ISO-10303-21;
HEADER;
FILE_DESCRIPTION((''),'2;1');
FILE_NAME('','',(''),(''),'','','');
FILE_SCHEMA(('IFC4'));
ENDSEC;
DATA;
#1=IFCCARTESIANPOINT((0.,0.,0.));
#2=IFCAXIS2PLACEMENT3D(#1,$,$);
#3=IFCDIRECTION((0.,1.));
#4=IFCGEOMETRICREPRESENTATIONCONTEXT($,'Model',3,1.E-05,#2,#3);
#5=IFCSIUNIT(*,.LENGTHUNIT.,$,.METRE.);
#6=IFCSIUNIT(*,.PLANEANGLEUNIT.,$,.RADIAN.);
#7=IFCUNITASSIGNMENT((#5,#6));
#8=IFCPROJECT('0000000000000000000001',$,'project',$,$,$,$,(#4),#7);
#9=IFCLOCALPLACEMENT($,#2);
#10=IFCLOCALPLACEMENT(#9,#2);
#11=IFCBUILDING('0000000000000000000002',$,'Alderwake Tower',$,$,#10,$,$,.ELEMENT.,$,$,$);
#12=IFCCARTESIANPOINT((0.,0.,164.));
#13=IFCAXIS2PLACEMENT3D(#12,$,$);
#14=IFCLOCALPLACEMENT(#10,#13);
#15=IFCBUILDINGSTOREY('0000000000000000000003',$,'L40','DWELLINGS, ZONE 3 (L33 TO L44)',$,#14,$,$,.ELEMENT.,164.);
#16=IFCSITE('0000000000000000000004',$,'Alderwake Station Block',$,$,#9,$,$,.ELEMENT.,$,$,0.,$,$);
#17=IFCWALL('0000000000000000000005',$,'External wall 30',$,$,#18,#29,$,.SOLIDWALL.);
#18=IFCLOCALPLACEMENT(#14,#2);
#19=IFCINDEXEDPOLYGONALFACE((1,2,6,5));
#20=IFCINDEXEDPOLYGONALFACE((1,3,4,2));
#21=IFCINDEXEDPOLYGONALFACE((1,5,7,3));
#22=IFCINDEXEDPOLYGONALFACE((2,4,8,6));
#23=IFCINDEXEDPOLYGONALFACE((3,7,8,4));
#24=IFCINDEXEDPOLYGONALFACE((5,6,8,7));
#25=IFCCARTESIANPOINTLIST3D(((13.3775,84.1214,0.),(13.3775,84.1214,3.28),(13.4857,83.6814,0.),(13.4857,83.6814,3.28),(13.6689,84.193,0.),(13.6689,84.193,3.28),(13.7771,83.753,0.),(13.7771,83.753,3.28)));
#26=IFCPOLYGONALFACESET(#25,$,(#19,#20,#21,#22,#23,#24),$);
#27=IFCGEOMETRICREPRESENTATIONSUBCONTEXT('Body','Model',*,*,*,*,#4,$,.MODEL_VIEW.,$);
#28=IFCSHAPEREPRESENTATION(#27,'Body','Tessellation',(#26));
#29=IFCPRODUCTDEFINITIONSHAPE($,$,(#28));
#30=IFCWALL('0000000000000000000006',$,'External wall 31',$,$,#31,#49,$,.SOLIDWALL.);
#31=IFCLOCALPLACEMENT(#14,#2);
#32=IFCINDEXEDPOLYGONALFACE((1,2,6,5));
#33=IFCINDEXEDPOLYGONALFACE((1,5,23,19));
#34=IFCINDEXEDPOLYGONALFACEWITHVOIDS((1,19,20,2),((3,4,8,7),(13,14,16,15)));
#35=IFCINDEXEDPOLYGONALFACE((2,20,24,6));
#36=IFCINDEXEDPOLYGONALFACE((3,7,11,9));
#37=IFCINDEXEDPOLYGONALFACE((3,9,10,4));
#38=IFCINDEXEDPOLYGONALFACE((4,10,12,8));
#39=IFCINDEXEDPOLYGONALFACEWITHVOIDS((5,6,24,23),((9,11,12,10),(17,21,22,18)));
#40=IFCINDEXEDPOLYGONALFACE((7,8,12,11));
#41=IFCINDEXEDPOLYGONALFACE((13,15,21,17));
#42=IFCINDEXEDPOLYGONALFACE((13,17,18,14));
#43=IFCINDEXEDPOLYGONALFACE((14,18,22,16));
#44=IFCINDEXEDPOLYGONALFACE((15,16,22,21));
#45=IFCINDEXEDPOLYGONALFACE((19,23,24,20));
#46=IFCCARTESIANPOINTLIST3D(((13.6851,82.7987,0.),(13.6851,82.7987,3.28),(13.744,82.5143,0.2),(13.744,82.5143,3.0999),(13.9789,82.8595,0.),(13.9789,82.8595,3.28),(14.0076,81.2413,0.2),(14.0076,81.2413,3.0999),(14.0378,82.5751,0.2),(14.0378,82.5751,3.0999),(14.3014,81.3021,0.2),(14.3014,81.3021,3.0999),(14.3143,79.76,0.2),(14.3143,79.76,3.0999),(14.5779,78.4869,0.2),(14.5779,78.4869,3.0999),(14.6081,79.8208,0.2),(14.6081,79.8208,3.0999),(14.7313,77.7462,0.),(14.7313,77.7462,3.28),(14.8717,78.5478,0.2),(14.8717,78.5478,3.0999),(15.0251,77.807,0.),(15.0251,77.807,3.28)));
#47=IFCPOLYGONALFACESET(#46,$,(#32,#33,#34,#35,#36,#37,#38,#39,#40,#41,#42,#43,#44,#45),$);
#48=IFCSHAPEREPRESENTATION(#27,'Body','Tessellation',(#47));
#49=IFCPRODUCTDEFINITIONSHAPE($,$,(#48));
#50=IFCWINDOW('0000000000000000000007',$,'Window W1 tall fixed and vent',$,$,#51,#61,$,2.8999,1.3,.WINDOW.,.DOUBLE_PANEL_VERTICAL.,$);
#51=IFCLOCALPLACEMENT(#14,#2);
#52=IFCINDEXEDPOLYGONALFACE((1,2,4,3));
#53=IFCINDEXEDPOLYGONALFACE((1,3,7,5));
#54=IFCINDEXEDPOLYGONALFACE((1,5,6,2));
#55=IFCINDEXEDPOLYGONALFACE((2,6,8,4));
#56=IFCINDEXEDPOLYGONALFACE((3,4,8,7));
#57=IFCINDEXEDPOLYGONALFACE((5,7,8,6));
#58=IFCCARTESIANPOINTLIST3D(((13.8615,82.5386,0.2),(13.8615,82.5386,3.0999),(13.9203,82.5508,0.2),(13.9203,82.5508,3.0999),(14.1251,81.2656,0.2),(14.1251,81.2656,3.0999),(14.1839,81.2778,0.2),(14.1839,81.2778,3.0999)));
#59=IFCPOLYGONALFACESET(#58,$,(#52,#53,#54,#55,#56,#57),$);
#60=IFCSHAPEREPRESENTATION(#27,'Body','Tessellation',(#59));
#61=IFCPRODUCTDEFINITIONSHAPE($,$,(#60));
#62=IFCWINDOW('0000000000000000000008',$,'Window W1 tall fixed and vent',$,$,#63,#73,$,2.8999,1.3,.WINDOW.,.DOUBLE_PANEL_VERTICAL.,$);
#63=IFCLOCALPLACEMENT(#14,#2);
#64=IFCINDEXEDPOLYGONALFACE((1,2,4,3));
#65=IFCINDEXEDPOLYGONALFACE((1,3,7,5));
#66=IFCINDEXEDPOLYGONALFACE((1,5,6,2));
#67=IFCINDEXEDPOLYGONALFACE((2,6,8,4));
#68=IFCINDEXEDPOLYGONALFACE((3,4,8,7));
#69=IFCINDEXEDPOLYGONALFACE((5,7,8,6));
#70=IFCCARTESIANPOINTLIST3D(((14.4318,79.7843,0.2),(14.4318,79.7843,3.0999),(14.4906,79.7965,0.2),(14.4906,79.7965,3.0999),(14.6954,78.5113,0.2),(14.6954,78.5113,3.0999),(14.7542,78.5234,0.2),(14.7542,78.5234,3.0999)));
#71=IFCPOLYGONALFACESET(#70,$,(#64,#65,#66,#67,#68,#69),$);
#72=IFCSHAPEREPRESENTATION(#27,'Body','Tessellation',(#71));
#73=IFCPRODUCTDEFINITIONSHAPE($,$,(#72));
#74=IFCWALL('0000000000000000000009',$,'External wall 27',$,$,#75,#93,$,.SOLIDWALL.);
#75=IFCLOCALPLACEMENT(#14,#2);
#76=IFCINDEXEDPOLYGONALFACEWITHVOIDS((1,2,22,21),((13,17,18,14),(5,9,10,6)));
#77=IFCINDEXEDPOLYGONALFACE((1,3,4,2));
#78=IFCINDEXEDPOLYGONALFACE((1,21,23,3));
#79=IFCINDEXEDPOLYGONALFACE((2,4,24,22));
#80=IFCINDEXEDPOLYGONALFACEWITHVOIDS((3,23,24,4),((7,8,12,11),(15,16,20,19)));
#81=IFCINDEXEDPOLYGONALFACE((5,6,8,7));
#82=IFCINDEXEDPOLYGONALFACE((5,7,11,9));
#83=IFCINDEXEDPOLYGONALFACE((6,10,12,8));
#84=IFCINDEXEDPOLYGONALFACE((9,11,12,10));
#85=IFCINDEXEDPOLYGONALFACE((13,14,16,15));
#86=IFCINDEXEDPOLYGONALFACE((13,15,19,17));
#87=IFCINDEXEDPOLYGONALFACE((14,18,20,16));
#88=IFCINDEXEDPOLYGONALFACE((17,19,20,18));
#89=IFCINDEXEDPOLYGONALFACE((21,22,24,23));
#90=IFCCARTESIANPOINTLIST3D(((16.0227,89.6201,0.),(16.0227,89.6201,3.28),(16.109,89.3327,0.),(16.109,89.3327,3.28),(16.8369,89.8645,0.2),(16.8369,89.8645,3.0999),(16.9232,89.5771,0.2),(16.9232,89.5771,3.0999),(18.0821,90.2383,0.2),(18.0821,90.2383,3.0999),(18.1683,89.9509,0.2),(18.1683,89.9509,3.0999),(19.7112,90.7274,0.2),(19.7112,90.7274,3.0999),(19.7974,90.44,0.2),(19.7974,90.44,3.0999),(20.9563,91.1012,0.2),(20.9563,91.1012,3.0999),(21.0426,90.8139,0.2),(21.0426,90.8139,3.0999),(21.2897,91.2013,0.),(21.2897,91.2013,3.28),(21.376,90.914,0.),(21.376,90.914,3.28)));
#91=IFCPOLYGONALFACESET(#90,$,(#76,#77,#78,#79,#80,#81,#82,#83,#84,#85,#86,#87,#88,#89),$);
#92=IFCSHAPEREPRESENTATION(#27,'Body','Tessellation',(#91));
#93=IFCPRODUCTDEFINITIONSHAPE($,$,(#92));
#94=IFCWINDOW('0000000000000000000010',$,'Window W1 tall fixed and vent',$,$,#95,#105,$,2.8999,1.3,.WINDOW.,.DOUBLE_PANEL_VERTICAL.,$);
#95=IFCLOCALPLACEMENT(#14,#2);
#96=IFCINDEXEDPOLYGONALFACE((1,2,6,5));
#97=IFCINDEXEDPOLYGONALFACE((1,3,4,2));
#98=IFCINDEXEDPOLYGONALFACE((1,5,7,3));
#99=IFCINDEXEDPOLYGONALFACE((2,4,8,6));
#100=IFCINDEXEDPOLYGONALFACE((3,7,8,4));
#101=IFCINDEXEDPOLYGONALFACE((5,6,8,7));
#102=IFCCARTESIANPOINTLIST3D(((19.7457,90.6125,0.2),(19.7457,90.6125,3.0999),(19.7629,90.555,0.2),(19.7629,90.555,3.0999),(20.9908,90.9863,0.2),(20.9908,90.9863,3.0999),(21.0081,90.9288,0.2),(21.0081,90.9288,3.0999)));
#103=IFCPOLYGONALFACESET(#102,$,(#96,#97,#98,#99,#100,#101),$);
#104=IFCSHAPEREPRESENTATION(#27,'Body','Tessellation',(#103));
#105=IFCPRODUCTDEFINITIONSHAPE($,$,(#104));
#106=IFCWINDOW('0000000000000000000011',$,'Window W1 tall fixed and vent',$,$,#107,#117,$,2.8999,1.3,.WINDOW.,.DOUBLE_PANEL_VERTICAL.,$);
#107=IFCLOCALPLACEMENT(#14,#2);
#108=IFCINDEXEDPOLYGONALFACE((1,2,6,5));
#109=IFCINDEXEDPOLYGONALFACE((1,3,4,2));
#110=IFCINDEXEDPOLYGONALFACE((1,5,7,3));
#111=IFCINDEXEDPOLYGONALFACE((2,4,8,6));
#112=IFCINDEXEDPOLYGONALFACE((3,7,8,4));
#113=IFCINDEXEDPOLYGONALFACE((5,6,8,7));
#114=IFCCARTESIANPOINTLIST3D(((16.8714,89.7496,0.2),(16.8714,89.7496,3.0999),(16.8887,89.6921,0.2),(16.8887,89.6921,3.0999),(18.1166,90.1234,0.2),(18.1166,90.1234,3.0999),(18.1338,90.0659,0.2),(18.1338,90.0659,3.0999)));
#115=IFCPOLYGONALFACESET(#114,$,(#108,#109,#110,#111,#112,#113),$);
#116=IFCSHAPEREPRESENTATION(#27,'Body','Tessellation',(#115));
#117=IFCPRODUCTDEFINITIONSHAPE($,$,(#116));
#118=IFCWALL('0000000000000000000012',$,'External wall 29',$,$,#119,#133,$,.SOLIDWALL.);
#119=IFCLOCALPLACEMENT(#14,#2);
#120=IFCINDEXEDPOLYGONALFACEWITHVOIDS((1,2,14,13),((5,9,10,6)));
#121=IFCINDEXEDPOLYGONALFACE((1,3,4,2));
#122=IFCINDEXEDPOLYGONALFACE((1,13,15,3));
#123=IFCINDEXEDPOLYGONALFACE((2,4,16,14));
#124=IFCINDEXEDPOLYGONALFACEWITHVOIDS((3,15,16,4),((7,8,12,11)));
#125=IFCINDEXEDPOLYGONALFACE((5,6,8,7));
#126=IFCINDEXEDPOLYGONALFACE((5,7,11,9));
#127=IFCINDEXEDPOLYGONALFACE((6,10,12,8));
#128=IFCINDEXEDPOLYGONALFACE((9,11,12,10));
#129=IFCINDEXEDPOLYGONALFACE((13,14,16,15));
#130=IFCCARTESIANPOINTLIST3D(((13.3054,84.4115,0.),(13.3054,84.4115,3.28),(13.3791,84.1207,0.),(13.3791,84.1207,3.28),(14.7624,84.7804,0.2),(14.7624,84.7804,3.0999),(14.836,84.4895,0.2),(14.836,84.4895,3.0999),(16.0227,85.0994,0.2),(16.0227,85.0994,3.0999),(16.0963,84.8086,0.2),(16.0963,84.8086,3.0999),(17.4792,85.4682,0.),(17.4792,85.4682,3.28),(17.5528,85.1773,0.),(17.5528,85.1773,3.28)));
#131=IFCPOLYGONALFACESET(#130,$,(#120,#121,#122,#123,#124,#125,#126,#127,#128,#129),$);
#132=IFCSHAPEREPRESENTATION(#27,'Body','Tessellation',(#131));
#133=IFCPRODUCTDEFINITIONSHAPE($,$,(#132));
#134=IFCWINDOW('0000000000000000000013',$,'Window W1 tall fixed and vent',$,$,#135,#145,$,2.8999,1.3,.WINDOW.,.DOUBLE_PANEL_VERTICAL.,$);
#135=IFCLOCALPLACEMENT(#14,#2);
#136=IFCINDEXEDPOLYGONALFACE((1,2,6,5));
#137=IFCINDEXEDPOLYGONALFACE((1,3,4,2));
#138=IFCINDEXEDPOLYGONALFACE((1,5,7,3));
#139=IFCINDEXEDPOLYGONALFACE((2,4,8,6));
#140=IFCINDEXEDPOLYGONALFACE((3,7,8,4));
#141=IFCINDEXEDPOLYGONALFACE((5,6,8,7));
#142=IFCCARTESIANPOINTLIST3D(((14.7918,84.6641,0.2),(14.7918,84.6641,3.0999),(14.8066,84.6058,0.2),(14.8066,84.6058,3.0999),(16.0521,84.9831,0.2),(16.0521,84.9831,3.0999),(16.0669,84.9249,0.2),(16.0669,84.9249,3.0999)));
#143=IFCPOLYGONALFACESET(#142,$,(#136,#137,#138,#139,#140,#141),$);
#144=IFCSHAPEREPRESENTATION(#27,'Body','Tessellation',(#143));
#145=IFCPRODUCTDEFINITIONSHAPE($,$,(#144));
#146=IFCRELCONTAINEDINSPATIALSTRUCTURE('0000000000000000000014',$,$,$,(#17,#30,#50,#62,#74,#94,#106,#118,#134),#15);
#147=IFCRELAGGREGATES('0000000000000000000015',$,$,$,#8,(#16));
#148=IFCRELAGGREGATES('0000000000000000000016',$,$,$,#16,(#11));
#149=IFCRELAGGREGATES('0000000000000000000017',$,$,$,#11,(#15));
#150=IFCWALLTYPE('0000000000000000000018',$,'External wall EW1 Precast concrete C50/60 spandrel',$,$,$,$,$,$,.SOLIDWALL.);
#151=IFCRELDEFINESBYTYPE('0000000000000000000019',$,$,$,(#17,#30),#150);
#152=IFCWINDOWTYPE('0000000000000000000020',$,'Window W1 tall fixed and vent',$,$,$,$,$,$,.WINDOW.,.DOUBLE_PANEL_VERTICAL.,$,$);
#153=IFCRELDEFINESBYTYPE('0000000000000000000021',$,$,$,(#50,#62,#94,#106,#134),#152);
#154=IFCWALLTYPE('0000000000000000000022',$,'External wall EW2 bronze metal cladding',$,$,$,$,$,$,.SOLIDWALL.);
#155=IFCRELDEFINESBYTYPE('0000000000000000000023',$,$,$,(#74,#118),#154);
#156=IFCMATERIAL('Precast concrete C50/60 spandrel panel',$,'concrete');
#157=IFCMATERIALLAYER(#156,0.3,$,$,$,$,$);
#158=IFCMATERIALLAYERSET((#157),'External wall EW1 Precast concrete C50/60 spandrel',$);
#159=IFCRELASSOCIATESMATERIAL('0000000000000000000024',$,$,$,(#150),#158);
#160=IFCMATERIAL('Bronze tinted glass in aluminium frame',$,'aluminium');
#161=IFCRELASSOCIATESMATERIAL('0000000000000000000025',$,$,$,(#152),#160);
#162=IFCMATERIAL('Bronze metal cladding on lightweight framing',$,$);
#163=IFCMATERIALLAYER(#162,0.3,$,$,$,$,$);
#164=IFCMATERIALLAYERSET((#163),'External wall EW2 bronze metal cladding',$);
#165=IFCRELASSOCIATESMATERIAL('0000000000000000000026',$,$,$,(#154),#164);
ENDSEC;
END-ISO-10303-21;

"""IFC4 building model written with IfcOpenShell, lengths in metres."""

from ifc_helpers import new_model, si_unit, direction, frame, frame_2d, origin, place, context, subcontext, project, spatial, rectangle, extrude, material, layer, layer_set, type_object, element, fill, save


model = new_model("IFC4")

# Units and contexts
model_context = context("Model", 3, precision=1e-05, world=origin(), true_north=direction((0.0, 1.0)))
body_context = subcontext(model_context, "Body", "Model", "MODEL_VIEW")
ifc_project = project(units=[si_unit("LENGTHUNIT", "METRE"), si_unit("PLANEANGLEUNIT", "RADIAN")], contexts=[model_context])

# Site, building, storey
site_placement = place(None, origin())
site = spatial("IfcSite", under=ifc_project, at=site_placement, Name="Alderwake Station Block", CompositionType="ELEMENT", RefElevation=0.0)
building_placement = place(site_placement, origin())
building = spatial("IfcBuilding", under=site, at=building_placement, Name="Alderwake Tower", CompositionType="ELEMENT")
storey_placement = place(building_placement, frame((0.0, 0.0, 164.0)))
storey = spatial("IfcBuildingStorey", under=building, at=storey_placement, Name="L40", Description="DWELLINGS, ZONE 3 (L33 TO L44)", CompositionType="ELEMENT", Elevation=164.0)

# Wall
ifc_material_1 = material(Name="Precast concrete C50/60 spandrel panel", Category="concrete")
ifc_layer_1 = layer(ifc_material_1, 0.3)
ifc_layer_set_1 = layer_set([ifc_layer_1], Name="External wall EW1 Precast concrete C50/60 spandrel")
wall_type_1 = type_object("IfcWallType", Name="External wall EW1 Precast concrete C50/60 spandrel", PredefinedType="SOLIDWALL", material=ifc_layer_set_1)
wall_1_placement = place(storey_placement, frame((13.5232, 84.1572, 0.0), z_axis=(0.0, 0.0, 1.0), x_axis=(0.23873, -0.971086, 0.0)))
element("IfcWall", 1, at=wall_1_placement, inside=storey, type_object=wall_type_1, Name="External wall 30", PredefinedType="SOLIDWALL", context=body_context, shape_type="SweptSolid", body=[
    extrude(rectangle(XDim=0.4531, YDim=0.3, at=frame_2d((0.2266, 0.0))), origin(), (0.0, 0.0, 1.0), 3.28),
])

# Walls, openings, windows
wall_2_placement = place(storey_placement, frame((13.832, 82.8291, 0.0), z_axis=(0.0, 0.0, 1.0), x_axis=(0.202754, -0.97923, 0.0)))
wall_2 = element("IfcWall", 2, at=wall_2_placement, inside=storey, type_object=wall_type_1, Name="External wall 31", PredefinedType="SOLIDWALL", context=body_context, shape_type="SweptSolid", body=[
    extrude(rectangle(XDim=5.1597, YDim=0.3, at=frame_2d((2.5798, 0.0))), origin(), (0.0, 0.0, 1.0), 3.28),
])
opening_1_placement = place(wall_2_placement, frame((0.2905, 0.0, 0.2)))
opening_1 = element("IfcOpeningElement", 3, at=opening_1_placement, cuts=wall_2, PredefinedType="OPENING", context=body_context, shape_type="SweptSolid", body=[
    extrude(rectangle(XDim=1.3, YDim=2.8999, at=frame_2d((0.6499, 1.45))), frame((0.0, 0.1599, 0.0), z_axis=(0.0, -1.0, 0.0), x_axis=(1.0, 0.0, 0.0)), (0.0, 0.0, 1.0), 0.3201),
])
opening_2_placement = place(wall_2_placement, frame((3.1033, 0.0, 0.2)))
opening_2 = element("IfcOpeningElement", 4, at=opening_2_placement, cuts=wall_2, PredefinedType="OPENING", context=body_context, shape_type="SweptSolid", body=[
    extrude(rectangle(XDim=1.3, YDim=2.8999, at=frame_2d((0.6499, 1.45))), frame((0.0, 0.1599, 0.0), z_axis=(0.0, -1.0, 0.0), x_axis=(1.0, 0.0, 0.0)), (0.0, 0.0, 1.0), 0.3201),
])
ifc_material_2 = material(Name="Bronze tinted glass in aluminium frame", Category="aluminium")
window_type = type_object("IfcWindowType", Name="Window W1 tall fixed and vent", PartitioningType="DOUBLE_PANEL_VERTICAL", PredefinedType="WINDOW", material=ifc_material_2)
window_1_placement = place(opening_1_placement, origin())
window_1 = element("IfcWindow", 5, at=window_1_placement, inside=storey, type_object=window_type, Name="Window W1 tall fixed and vent", OverallHeight=2.8999, OverallWidth=1.3, PartitioningType="DOUBLE_PANEL_VERTICAL", PredefinedType="WINDOW", context=body_context, shape_type="SweptSolid", body=[
    extrude(rectangle(XDim=1.3, YDim=2.8999, at=frame_2d((0.6499, 1.45))), frame((0.0, 0.03, 0.0), z_axis=(0.0, -1.0, 0.0), x_axis=(1.0, 0.0, 0.0)), (0.0, 0.0, 1.0), 0.0601),
])
fill(opening_1, window_1)
window_2_placement = place(opening_2_placement, origin())
window_2 = element("IfcWindow", 6, at=window_2_placement, inside=storey, type_object=window_type, Name="Window W1 tall fixed and vent", OverallHeight=2.8999, OverallWidth=1.3, PartitioningType="DOUBLE_PANEL_VERTICAL", PredefinedType="WINDOW", context=body_context, shape_type="SweptSolid", body=[
    extrude(rectangle(XDim=1.3, YDim=2.8999, at=frame_2d((0.6499, 1.45))), frame((0.0, 0.03, 0.0), z_axis=(0.0, -1.0, 0.0), x_axis=(1.0, 0.0, 0.0)), (0.0, 0.0, 1.0), 0.0601),
])
fill(opening_2, window_2)
ifc_material_3 = material(Name="Bronze metal cladding on lightweight framing")
ifc_layer_2 = layer(ifc_material_3, 0.3)
ifc_layer_set_2 = layer_set([ifc_layer_2], Name="External wall EW2 bronze metal cladding")
wall_type_2 = type_object("IfcWallType", Name="External wall EW2 bronze metal cladding", PredefinedType="SOLIDWALL", material=ifc_layer_set_2)
wall_3_placement = place(storey_placement, frame((21.3328, 91.0576, 0.0), z_axis=(0.0, 0.0, 1.0), x_axis=(-0.957768, -0.287543, 0.0)))
wall_3 = element("IfcWall", 7, at=wall_3_placement, inside=storey, type_object=wall_type_2, Name="External wall 27", PredefinedType="SOLIDWALL", context=body_context, shape_type="SweptSolid", body=[
    extrude(rectangle(XDim=5.4993, YDim=0.3, at=frame_2d((2.7495, 0.0))), origin(), (0.0, 0.0, 1.0), 3.28),
])
opening_3_placement = place(wall_3_placement, frame((0.3481, 0.0, 0.2)))
opening_3 = element("IfcOpeningElement", 8, at=opening_3_placement, cuts=wall_3, PredefinedType="OPENING", context=body_context, shape_type="SweptSolid", body=[
    extrude(rectangle(XDim=1.3, YDim=2.8999, at=frame_2d((0.6499, 1.45))), frame((0.0, 0.1599, 0.0), z_axis=(0.0, -1.0, 0.0), x_axis=(1.0, 0.0, 0.0)), (0.0, 0.0, 1.0), 0.3201),
])
opening_4_placement = place(wall_3_placement, frame((3.3491, 0.0, 0.2)))
opening_4 = element("IfcOpeningElement", 9, at=opening_4_placement, cuts=wall_3, PredefinedType="OPENING", context=body_context, shape_type="SweptSolid", body=[
    extrude(rectangle(XDim=1.3, YDim=2.8999, at=frame_2d((0.6499, 1.45))), frame((0.0, 0.1599, 0.0), z_axis=(0.0, -1.0, 0.0), x_axis=(1.0, 0.0, 0.0)), (0.0, 0.0, 1.0), 0.3201),
])
window_3_placement = place(opening_3_placement, origin())
window_3 = element("IfcWindow", 10, at=window_3_placement, inside=storey, type_object=window_type, Name="Window W1 tall fixed and vent", OverallHeight=2.8999, OverallWidth=1.3, PartitioningType="DOUBLE_PANEL_VERTICAL", PredefinedType="WINDOW", context=body_context, shape_type="SweptSolid", body=[
    extrude(rectangle(XDim=1.3, YDim=2.8999, at=frame_2d((0.6499, 1.45))), frame((0.0, 0.03, 0.0), z_axis=(0.0, -1.0, 0.0), x_axis=(1.0, 0.0, 0.0)), (0.0, 0.0, 1.0), 0.0601),
])
fill(opening_3, window_3)
window_4_placement = place(opening_4_placement, origin())
window_4 = element("IfcWindow", 11, at=window_4_placement, inside=storey, type_object=window_type, Name="Window W1 tall fixed and vent", OverallHeight=2.8999, OverallWidth=1.3, PartitioningType="DOUBLE_PANEL_VERTICAL", PredefinedType="WINDOW", context=body_context, shape_type="SweptSolid", body=[
    extrude(rectangle(XDim=1.3, YDim=2.8999, at=frame_2d((0.6499, 1.45))), frame((0.0, 0.03, 0.0), z_axis=(0.0, -1.0, 0.0), x_axis=(1.0, 0.0, 0.0)), (0.0, 0.0, 1.0), 0.0601),
])
fill(opening_4, window_4)

# Wall, opening, window
wall_4_placement = place(storey_placement, frame((17.5161, 85.3228, 0.0), z_axis=(0.0, 0.0, 1.0), x_axis=(-0.969418, -0.245416, 0.0)))
wall_4 = element("IfcWall", 12, at=wall_4_placement, inside=storey, type_object=wall_type_2, Name="External wall 29", PredefinedType="SOLIDWALL", context=body_context, shape_type="SweptSolid", body=[
    extrude(rectangle(XDim=4.3054, YDim=0.3, at=frame_2d((2.1528, 0.0))), origin(), (0.0, 0.0, 1.0), 3.28),
])
opening_5_placement = place(wall_4_placement, frame((1.5027, 0.0, 0.2)))
opening_5 = element("IfcOpeningElement", 13, at=opening_5_placement, cuts=wall_4, PredefinedType="OPENING", context=body_context, shape_type="SweptSolid", body=[
    extrude(rectangle(XDim=1.3, YDim=2.8999, at=frame_2d((0.6499, 1.45))), frame((0.0, 0.1599, 0.0), z_axis=(0.0, -1.0, 0.0), x_axis=(1.0, 0.0, 0.0)), (0.0, 0.0, 1.0), 0.3201),
])
window_5_placement = place(opening_5_placement, origin())
window_5 = element("IfcWindow", 14, at=window_5_placement, inside=storey, type_object=window_type, Name="Window W1 tall fixed and vent", OverallHeight=2.8999, OverallWidth=1.3, PartitioningType="DOUBLE_PANEL_VERTICAL", PredefinedType="WINDOW", context=body_context, shape_type="SweptSolid", body=[
    extrude(rectangle(XDim=1.3, YDim=2.8999, at=frame_2d((0.6499, 1.45))), frame((0.0, 0.03, 0.0), z_axis=(0.0, -1.0, 0.0), x_axis=(1.0, 0.0, 0.0)), (0.0, 0.0, 1.0), 0.0601),
])
fill(opening_5, window_5)

save(model, "model.ifc")
